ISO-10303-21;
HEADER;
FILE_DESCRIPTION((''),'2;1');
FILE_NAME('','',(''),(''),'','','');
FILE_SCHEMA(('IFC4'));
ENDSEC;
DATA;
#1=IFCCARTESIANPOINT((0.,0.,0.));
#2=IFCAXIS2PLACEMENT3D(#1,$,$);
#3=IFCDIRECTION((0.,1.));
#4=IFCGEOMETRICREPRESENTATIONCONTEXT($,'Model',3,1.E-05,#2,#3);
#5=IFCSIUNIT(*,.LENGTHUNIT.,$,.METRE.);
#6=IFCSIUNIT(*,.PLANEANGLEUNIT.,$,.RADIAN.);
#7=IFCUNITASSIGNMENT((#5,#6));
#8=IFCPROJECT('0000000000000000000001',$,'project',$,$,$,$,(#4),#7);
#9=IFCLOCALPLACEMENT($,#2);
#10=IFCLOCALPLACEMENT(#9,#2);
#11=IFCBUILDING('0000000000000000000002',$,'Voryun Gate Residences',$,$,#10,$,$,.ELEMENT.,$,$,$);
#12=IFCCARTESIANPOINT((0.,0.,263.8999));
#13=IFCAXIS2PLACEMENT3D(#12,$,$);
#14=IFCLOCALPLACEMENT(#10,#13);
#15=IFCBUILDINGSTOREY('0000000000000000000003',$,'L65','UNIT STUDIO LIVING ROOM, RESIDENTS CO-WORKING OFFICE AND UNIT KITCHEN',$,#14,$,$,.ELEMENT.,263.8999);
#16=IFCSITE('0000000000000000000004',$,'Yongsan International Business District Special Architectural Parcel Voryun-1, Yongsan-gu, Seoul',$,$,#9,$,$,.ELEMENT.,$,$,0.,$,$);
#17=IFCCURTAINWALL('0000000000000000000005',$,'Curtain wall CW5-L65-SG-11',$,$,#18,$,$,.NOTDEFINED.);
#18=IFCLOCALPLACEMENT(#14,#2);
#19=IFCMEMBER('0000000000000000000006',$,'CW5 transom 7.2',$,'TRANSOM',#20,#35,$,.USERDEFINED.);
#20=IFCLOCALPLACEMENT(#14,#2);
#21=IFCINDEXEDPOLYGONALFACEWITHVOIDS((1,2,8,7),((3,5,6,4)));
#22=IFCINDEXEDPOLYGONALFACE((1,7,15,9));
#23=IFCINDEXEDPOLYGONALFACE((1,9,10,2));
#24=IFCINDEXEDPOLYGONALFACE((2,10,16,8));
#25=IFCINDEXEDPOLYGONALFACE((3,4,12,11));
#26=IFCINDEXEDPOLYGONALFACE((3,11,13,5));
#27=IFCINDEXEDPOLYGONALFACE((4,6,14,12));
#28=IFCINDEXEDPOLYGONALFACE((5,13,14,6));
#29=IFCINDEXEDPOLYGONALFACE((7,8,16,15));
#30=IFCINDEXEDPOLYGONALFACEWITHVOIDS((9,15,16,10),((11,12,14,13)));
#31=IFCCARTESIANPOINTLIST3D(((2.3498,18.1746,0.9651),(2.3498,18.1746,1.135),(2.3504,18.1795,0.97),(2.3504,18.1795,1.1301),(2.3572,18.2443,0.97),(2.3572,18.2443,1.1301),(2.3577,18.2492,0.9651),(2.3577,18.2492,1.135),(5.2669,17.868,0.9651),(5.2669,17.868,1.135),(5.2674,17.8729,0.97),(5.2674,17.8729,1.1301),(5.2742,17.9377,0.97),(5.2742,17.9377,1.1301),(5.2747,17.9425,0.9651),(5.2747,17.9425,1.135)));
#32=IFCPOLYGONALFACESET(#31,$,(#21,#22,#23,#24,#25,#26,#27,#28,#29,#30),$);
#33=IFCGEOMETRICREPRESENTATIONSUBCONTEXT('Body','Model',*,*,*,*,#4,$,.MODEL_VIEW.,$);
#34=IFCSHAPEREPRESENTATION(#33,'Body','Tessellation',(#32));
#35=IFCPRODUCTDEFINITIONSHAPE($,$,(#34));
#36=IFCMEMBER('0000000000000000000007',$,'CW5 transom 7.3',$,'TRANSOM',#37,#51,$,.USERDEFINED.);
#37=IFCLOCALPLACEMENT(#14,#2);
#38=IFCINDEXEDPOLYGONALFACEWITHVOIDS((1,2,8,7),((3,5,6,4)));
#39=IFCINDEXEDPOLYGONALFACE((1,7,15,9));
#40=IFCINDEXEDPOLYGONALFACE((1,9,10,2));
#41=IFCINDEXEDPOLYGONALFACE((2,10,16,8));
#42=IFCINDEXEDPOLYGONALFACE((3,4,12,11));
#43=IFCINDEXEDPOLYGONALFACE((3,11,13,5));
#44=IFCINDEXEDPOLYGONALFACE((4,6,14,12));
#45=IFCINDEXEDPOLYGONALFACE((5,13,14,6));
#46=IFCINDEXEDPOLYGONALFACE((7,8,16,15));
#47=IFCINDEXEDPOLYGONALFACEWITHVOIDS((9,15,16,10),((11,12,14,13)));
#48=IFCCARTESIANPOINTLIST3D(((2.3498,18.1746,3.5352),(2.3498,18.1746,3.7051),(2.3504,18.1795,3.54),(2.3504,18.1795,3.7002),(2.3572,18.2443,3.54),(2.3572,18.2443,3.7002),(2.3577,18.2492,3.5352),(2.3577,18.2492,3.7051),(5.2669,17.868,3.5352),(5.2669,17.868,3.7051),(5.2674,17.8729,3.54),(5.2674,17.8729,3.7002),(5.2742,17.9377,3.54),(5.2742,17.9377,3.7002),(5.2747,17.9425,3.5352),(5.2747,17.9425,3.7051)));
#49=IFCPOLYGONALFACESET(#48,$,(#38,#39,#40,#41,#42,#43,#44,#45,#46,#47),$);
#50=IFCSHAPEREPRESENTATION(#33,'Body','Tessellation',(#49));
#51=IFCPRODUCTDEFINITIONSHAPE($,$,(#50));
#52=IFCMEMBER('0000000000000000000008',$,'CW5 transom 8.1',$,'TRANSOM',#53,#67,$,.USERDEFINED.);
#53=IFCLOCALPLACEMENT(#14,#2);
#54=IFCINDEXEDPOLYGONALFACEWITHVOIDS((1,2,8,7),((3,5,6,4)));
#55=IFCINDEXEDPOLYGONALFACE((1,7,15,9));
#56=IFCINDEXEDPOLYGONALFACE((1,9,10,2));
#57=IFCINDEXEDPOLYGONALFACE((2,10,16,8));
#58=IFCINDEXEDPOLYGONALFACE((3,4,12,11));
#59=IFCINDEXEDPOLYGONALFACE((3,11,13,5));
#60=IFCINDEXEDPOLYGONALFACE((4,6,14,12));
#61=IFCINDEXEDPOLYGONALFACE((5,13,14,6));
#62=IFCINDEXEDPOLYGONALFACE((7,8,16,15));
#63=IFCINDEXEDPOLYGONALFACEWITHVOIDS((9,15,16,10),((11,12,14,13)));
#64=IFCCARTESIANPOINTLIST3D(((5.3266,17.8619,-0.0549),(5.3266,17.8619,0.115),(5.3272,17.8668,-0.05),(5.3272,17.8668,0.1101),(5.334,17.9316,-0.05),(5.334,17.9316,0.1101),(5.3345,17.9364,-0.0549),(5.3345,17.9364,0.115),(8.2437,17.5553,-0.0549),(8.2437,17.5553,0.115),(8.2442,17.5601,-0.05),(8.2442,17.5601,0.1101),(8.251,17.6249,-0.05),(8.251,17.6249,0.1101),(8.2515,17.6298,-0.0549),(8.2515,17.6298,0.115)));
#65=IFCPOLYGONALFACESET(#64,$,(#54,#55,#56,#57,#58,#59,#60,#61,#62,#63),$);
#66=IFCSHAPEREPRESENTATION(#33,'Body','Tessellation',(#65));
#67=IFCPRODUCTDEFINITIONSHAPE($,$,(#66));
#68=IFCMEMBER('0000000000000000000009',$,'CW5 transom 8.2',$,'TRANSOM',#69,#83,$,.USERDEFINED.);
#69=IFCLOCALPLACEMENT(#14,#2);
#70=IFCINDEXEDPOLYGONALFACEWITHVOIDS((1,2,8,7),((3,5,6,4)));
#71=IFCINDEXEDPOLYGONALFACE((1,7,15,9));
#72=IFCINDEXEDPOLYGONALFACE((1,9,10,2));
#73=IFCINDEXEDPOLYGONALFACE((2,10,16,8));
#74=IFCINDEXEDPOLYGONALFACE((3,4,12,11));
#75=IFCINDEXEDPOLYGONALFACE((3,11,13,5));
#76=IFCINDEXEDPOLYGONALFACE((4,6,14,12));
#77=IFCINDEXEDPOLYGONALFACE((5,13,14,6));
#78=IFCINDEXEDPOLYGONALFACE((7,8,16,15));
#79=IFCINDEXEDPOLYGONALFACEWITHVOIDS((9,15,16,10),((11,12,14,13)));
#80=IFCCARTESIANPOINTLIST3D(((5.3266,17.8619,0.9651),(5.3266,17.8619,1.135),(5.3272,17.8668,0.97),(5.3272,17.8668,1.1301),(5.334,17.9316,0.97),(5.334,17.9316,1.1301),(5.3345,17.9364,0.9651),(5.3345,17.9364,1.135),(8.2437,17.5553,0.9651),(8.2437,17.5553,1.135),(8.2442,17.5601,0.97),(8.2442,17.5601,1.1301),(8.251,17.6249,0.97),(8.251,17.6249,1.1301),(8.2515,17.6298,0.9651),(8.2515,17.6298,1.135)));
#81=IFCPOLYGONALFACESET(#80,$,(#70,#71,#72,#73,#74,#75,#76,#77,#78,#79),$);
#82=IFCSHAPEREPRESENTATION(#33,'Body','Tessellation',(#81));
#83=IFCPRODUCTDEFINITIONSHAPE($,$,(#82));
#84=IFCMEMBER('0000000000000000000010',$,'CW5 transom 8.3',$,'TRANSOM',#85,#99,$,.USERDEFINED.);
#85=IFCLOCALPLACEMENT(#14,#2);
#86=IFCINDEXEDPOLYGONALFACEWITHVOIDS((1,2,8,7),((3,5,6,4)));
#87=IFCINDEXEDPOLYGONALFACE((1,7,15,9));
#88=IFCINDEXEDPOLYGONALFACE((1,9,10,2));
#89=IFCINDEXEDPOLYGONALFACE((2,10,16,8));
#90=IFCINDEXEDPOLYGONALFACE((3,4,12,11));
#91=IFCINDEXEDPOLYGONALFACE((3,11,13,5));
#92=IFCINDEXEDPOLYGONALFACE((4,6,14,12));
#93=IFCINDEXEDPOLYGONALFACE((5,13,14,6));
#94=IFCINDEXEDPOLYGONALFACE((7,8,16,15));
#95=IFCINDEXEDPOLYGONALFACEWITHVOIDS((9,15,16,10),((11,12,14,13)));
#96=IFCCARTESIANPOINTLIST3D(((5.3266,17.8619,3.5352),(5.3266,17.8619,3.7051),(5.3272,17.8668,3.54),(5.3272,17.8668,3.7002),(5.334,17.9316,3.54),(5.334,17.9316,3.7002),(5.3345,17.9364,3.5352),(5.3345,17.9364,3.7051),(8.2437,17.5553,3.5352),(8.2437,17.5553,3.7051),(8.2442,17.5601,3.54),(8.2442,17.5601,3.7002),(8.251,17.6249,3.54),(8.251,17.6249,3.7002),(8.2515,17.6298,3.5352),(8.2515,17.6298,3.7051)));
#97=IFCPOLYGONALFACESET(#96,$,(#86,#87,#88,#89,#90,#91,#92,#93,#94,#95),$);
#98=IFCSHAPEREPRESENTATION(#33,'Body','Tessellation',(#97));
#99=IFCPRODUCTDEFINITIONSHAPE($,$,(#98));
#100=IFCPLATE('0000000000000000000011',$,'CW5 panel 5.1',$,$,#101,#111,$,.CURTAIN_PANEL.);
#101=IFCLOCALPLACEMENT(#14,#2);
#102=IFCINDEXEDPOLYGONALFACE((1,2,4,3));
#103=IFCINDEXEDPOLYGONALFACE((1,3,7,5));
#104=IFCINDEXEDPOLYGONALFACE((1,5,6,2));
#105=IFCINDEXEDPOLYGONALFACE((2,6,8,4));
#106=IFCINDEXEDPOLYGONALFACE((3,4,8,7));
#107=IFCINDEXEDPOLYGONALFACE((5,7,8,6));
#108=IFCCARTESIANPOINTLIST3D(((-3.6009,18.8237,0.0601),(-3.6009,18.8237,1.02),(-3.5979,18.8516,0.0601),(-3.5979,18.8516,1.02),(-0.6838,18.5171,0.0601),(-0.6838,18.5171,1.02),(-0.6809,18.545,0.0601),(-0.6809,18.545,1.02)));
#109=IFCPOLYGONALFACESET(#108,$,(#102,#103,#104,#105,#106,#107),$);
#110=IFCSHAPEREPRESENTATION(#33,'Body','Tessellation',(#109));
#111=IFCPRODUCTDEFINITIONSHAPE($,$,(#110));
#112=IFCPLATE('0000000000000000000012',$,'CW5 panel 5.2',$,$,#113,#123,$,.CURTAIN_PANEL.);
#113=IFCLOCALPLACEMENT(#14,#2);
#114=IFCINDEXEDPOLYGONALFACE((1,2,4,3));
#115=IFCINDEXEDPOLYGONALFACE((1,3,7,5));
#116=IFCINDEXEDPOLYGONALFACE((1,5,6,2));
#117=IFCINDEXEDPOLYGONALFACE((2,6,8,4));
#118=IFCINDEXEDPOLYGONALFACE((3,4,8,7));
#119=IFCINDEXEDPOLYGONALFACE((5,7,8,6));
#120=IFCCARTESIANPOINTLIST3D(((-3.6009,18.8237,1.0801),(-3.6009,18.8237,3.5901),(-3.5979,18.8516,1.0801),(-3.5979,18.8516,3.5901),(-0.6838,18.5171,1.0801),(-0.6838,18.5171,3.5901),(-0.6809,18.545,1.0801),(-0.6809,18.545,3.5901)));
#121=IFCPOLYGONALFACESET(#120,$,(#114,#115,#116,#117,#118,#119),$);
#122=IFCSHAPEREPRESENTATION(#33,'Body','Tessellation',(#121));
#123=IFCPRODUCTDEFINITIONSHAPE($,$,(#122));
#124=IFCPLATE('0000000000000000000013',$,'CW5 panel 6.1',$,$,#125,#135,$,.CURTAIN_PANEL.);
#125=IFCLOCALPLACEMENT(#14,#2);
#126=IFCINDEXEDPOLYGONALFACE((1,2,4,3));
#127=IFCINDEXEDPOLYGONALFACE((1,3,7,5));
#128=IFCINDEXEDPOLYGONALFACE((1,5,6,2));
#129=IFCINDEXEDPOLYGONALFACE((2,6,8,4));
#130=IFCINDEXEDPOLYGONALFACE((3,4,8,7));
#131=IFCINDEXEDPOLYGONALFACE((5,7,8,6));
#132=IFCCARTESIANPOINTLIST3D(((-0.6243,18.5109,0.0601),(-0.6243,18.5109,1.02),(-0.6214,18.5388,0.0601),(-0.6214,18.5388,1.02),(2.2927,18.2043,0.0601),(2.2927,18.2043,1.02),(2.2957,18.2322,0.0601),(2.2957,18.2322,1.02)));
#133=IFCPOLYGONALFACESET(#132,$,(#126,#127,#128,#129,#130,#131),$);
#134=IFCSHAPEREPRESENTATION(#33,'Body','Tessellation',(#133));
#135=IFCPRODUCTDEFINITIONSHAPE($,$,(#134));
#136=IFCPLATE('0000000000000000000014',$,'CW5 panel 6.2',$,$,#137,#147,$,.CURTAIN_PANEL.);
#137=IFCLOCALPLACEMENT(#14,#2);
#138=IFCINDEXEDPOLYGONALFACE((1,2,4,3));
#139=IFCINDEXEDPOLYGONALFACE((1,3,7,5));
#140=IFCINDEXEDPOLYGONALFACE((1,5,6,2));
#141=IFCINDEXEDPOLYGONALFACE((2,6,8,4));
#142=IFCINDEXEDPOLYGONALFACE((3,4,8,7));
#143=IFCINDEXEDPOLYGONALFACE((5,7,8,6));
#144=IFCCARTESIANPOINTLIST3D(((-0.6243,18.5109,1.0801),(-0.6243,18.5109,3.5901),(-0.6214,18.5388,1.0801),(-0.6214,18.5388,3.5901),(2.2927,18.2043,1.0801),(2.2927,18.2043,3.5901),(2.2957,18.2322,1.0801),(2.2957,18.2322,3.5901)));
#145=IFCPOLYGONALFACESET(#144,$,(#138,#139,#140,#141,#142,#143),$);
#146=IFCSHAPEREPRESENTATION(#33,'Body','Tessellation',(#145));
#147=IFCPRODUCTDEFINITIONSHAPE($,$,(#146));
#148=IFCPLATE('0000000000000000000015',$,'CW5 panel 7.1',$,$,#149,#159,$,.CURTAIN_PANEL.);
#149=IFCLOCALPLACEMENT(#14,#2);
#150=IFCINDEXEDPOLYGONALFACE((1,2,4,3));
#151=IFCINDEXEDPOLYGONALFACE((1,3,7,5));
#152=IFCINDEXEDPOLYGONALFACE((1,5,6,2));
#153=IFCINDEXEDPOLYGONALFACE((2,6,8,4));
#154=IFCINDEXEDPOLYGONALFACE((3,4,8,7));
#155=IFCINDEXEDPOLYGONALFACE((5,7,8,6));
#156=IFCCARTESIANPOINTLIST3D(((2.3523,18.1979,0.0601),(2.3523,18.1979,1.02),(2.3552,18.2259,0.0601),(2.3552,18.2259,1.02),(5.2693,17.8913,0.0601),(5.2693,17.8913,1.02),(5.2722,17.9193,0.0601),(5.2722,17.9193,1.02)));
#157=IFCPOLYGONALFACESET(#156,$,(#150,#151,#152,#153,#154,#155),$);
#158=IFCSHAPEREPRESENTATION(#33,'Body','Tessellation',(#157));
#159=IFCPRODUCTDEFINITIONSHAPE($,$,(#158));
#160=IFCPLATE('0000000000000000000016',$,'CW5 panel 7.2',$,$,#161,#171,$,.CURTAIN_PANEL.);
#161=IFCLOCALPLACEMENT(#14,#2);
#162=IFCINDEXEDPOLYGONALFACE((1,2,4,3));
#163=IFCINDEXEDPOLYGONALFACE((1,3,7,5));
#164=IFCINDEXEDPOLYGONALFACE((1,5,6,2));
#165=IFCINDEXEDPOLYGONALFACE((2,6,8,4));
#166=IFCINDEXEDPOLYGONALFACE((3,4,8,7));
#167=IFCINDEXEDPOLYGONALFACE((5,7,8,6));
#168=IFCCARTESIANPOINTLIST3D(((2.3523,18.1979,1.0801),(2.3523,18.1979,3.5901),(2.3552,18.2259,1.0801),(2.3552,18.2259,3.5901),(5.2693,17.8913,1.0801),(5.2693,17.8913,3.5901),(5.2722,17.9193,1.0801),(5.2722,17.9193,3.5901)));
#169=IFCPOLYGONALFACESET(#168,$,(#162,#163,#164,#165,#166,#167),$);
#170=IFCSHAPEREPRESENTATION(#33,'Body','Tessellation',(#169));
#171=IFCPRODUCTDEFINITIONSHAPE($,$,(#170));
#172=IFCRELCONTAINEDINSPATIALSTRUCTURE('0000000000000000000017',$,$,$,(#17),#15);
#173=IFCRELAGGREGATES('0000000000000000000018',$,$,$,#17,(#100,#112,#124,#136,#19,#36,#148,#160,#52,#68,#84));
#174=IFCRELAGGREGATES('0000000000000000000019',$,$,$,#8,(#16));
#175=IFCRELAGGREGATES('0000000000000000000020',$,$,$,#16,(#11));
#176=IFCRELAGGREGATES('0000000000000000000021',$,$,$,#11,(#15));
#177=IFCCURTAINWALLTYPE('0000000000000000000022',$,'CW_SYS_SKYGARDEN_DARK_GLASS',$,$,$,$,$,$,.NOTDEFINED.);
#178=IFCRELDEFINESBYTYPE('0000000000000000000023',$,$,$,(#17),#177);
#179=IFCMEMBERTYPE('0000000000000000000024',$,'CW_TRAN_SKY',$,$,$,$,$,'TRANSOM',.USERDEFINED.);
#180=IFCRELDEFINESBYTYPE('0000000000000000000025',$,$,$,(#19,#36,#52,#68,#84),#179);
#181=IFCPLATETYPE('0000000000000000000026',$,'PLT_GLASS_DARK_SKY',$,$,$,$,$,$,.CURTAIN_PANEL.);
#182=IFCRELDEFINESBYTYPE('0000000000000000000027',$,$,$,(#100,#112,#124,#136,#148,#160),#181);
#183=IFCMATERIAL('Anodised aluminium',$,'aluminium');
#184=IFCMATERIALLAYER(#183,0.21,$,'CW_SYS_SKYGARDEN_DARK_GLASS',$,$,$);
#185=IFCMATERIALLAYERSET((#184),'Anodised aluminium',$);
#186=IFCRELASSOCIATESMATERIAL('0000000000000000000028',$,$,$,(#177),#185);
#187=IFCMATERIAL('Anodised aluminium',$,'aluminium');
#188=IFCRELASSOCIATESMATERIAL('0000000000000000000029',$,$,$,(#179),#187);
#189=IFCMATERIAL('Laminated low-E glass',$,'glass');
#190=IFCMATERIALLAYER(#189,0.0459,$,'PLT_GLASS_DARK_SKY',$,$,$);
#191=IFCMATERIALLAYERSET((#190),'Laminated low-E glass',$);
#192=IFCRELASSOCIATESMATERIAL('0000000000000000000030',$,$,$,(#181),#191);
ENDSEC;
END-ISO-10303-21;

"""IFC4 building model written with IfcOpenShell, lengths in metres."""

from ifc_helpers import new_model, si_unit, direction, frame, origin, origin_2d, place, context, subcontext, project, spatial, rectangle, hollow_rectangle, extrude, material, layer, layer_set, material_profile, profile_set, type_object, element, aggregate, save


model = new_model("IFC4")

# Units and contexts
model_context = context("Model", 3, precision=1e-05, world=origin(), true_north=direction((0.0, 1.0)))
body_context = subcontext(model_context, "Body", "Model", "MODEL_VIEW")
ifc_project = project(units=[si_unit("LENGTHUNIT", "METRE"), si_unit("PLANEANGLEUNIT", "RADIAN")], contexts=[model_context])

# Site, building, storey
site_placement = place(None, origin())
site = spatial("IfcSite", under=ifc_project, at=site_placement, Name="Yongsan International Business District Special Architectural Parcel Voryun-1, Yongsan-gu, Seoul", CompositionType="ELEMENT", RefElevation=0.0)
building_placement = place(site_placement, origin())
building = spatial("IfcBuilding", under=site, at=building_placement, Name="Voryun Gate Residences", CompositionType="ELEMENT")
storey_placement = place(building_placement, frame((0.0, 0.0, 263.8999)))
storey = spatial("IfcBuildingStorey", under=building, at=storey_placement, Name="L65", Description="UNIT STUDIO LIVING ROOM, RESIDENTS CO-WORKING OFFICE AND UNIT KITCHEN", CompositionType="ELEMENT", Elevation=263.8999)

# Curtain wall, members, plates
ifc_material_1 = material(Name="Anodised aluminium", Category="aluminium")
ifc_layer_1 = layer(ifc_material_1, 0.21, Name="CW_SYS_SKYGARDEN_DARK_GLASS")
ifc_layer_set_1 = layer_set([ifc_layer_1], Name="Anodised aluminium")
curtain_wall_type = type_object("IfcCurtainWallType", Name="CW_SYS_SKYGARDEN_DARK_GLASS", PredefinedType="NOTDEFINED", material=ifc_layer_set_1)
curtain_wall_placement = place(storey_placement, origin())
curtain_wall = element("IfcCurtainWall", 1, at=curtain_wall_placement, inside=storey, type_object=curtain_wall_type, Name="Curtain wall CW5-L65-SG-11", PredefinedType="NOTDEFINED")
ifc_material_2 = material(Name="Anodised aluminium", Category="aluminium")
ifc_material_profile_1 = material_profile(ifc_material_2, hollow_rectangle(XDim=0.075, YDim=0.1699, WallThickness=0.0049, at=origin_2d()), Name="ALU-TRAN-170x75x5")
ifc_profile_set_1 = profile_set([ifc_material_profile_1], Name="Anodised aluminium")
member_type_1 = type_object("IfcMemberType", Name="CW_TRAN_SKY", ElementType="TRANSOM", PredefinedType="USERDEFINED", material=ifc_profile_set_1)
member_1_placement = place(storey_placement, frame((2.3538, 18.2119, 1.05), z_axis=(0.99452, -0.104546, 0.0), x_axis=(0.104546, 0.99452, 0.0)))
member_1 = element("IfcMember", 2, at=member_1_placement, type_object=member_type_1, Name="CW5 transom 7.2", ObjectType="TRANSOM", PredefinedType="USERDEFINED", context=body_context, shape_type="SweptSolid", body=[
    extrude(hollow_rectangle(XDim=0.075, YDim=0.1699, WallThickness=0.0049, at=origin_2d()), origin(), (0.0, 0.0, 1.0), 2.9331),
])
member_2_placement = place(storey_placement, frame((2.3538, 18.2119, 3.6201), z_axis=(0.99452, -0.104546, 0.0), x_axis=(0.104546, 0.99452, 0.0)))
member_2 = element("IfcMember", 3, at=member_2_placement, type_object=member_type_1, Name="CW5 transom 7.3", ObjectType="TRANSOM", PredefinedType="USERDEFINED", context=body_context, shape_type="SweptSolid", body=[
    extrude(hollow_rectangle(XDim=0.075, YDim=0.1699, WallThickness=0.0049, at=origin_2d()), origin(), (0.0, 0.0, 1.0), 2.9331),
])
member_3_placement = place(storey_placement, frame((5.3306, 17.8992, 0.03), z_axis=(0.99452, -0.104546, 0.0), x_axis=(0.104546, 0.99452, 0.0)))
member_3 = element("IfcMember", 4, at=member_3_placement, type_object=member_type_1, Name="CW5 transom 8.1", ObjectType="TRANSOM", PredefinedType="USERDEFINED", context=body_context, shape_type="SweptSolid", body=[
    extrude(hollow_rectangle(XDim=0.075, YDim=0.1699, WallThickness=0.0049, at=origin_2d()), origin(), (0.0, 0.0, 1.0), 2.9331),
])
member_4_placement = place(storey_placement, frame((5.3306, 17.8992, 1.05), z_axis=(0.99452, -0.104546, 0.0), x_axis=(0.104546, 0.99452, 0.0)))
member_4 = element("IfcMember", 5, at=member_4_placement, type_object=member_type_1, Name="CW5 transom 8.2", ObjectType="TRANSOM", PredefinedType="USERDEFINED", context=body_context, shape_type="SweptSolid", body=[
    extrude(hollow_rectangle(XDim=0.075, YDim=0.1699, WallThickness=0.0049, at=origin_2d()), origin(), (0.0, 0.0, 1.0), 2.9331),
])
member_5_placement = place(storey_placement, frame((5.3306, 17.8992, 3.6201), z_axis=(0.99452, -0.104546, 0.0), x_axis=(0.104546, 0.99452, 0.0)))
member_5 = element("IfcMember", 6, at=member_5_placement, type_object=member_type_1, Name="CW5 transom 8.3", ObjectType="TRANSOM", PredefinedType="USERDEFINED", context=body_context, shape_type="SweptSolid", body=[
    extrude(hollow_rectangle(XDim=0.075, YDim=0.1699, WallThickness=0.0049, at=origin_2d()), origin(), (0.0, 0.0, 1.0), 2.9331),
])
ifc_material_3 = material(Name="Laminated low-E glass", Category="glass")
ifc_layer_2 = layer(ifc_material_3, 0.0459, Name="PLT_GLASS_DARK_SKY")
ifc_layer_set_2 = layer_set([ifc_layer_2], Name="Laminated low-E glass")
plate_type = type_object("IfcPlateType", Name="PLT_GLASS_DARK_SKY", PredefinedType="CURTAIN_PANEL", material=ifc_layer_set_2)
plate_1_placement = place(storey_placement, frame((-2.1409, 18.6843, 0.0601), z_axis=(0.0, 0.0, 1.0), x_axis=(0.994521, -0.104532, 0.0)))
plate_1 = element("IfcPlate", 7, at=plate_1_placement, type_object=plate_type, Name="CW5 panel 5.1", PredefinedType="CURTAIN_PANEL", context=body_context, shape_type="SweptSolid", body=[
    extrude(rectangle(XDim=2.9331, YDim=0.0281, at=origin_2d()), origin(), (0.0, 0.0, 1.0), 0.96),
])
plate_2_placement = place(storey_placement, frame((-2.1409, 18.6843, 1.0801), z_axis=(0.0, 0.0, 1.0), x_axis=(0.994521, -0.104532, 0.0)))
plate_2 = element("IfcPlate", 8, at=plate_2_placement, type_object=plate_type, Name="CW5 panel 5.2", PredefinedType="CURTAIN_PANEL", context=body_context, shape_type="SweptSolid", body=[
    extrude(rectangle(XDim=2.9331, YDim=0.0281, at=origin_2d()), origin(), (0.0, 0.0, 1.0), 2.51),
])
plate_3_placement = place(storey_placement, frame((0.8357, 18.3716, 0.0601), z_axis=(0.0, 0.0, 1.0), x_axis=(0.994521, -0.104532, 0.0)))
plate_3 = element("IfcPlate", 9, at=plate_3_placement, type_object=plate_type, Name="CW5 panel 6.1", PredefinedType="CURTAIN_PANEL", context=body_context, shape_type="SweptSolid", body=[
    extrude(rectangle(XDim=2.9331, YDim=0.0281, at=origin_2d()), origin(), (0.0, 0.0, 1.0), 0.96),
])
plate_4_placement = place(storey_placement, frame((0.8357, 18.3716, 1.0801), z_axis=(0.0, 0.0, 1.0), x_axis=(0.994521, -0.104532, 0.0)))
plate_4 = element("IfcPlate", 10, at=plate_4_placement, type_object=plate_type, Name="CW5 panel 6.2", PredefinedType="CURTAIN_PANEL", context=body_context, shape_type="SweptSolid", body=[
    extrude(rectangle(XDim=2.9331, YDim=0.0281, at=origin_2d()), origin(), (0.0, 0.0, 1.0), 2.51),
])
plate_5_placement = place(storey_placement, frame((3.8123, 18.0586, 0.0601), z_axis=(0.0, 0.0, 1.0), x_axis=(0.994521, -0.104532, 0.0)))
plate_5 = element("IfcPlate", 11, at=plate_5_placement, type_object=plate_type, Name="CW5 panel 7.1", PredefinedType="CURTAIN_PANEL", context=body_context, shape_type="SweptSolid", body=[
    extrude(rectangle(XDim=2.9331, YDim=0.0281, at=origin_2d()), origin(), (0.0, 0.0, 1.0), 0.96),
])
plate_6_placement = place(storey_placement, frame((3.8123, 18.0586, 1.0801), z_axis=(0.0, 0.0, 1.0), x_axis=(0.994521, -0.104532, 0.0)))
plate_6 = element("IfcPlate", 12, at=plate_6_placement, type_object=plate_type, Name="CW5 panel 7.2", PredefinedType="CURTAIN_PANEL", context=body_context, shape_type="SweptSolid", body=[
    extrude(rectangle(XDim=2.9331, YDim=0.0281, at=origin_2d()), origin(), (0.0, 0.0, 1.0), 2.51),
])
aggregate(curtain_wall, [plate_1, plate_2, plate_3, plate_4, member_1, member_2, plate_5, plate_6, member_3, member_4, member_5])

save(model, "model.ifc")
